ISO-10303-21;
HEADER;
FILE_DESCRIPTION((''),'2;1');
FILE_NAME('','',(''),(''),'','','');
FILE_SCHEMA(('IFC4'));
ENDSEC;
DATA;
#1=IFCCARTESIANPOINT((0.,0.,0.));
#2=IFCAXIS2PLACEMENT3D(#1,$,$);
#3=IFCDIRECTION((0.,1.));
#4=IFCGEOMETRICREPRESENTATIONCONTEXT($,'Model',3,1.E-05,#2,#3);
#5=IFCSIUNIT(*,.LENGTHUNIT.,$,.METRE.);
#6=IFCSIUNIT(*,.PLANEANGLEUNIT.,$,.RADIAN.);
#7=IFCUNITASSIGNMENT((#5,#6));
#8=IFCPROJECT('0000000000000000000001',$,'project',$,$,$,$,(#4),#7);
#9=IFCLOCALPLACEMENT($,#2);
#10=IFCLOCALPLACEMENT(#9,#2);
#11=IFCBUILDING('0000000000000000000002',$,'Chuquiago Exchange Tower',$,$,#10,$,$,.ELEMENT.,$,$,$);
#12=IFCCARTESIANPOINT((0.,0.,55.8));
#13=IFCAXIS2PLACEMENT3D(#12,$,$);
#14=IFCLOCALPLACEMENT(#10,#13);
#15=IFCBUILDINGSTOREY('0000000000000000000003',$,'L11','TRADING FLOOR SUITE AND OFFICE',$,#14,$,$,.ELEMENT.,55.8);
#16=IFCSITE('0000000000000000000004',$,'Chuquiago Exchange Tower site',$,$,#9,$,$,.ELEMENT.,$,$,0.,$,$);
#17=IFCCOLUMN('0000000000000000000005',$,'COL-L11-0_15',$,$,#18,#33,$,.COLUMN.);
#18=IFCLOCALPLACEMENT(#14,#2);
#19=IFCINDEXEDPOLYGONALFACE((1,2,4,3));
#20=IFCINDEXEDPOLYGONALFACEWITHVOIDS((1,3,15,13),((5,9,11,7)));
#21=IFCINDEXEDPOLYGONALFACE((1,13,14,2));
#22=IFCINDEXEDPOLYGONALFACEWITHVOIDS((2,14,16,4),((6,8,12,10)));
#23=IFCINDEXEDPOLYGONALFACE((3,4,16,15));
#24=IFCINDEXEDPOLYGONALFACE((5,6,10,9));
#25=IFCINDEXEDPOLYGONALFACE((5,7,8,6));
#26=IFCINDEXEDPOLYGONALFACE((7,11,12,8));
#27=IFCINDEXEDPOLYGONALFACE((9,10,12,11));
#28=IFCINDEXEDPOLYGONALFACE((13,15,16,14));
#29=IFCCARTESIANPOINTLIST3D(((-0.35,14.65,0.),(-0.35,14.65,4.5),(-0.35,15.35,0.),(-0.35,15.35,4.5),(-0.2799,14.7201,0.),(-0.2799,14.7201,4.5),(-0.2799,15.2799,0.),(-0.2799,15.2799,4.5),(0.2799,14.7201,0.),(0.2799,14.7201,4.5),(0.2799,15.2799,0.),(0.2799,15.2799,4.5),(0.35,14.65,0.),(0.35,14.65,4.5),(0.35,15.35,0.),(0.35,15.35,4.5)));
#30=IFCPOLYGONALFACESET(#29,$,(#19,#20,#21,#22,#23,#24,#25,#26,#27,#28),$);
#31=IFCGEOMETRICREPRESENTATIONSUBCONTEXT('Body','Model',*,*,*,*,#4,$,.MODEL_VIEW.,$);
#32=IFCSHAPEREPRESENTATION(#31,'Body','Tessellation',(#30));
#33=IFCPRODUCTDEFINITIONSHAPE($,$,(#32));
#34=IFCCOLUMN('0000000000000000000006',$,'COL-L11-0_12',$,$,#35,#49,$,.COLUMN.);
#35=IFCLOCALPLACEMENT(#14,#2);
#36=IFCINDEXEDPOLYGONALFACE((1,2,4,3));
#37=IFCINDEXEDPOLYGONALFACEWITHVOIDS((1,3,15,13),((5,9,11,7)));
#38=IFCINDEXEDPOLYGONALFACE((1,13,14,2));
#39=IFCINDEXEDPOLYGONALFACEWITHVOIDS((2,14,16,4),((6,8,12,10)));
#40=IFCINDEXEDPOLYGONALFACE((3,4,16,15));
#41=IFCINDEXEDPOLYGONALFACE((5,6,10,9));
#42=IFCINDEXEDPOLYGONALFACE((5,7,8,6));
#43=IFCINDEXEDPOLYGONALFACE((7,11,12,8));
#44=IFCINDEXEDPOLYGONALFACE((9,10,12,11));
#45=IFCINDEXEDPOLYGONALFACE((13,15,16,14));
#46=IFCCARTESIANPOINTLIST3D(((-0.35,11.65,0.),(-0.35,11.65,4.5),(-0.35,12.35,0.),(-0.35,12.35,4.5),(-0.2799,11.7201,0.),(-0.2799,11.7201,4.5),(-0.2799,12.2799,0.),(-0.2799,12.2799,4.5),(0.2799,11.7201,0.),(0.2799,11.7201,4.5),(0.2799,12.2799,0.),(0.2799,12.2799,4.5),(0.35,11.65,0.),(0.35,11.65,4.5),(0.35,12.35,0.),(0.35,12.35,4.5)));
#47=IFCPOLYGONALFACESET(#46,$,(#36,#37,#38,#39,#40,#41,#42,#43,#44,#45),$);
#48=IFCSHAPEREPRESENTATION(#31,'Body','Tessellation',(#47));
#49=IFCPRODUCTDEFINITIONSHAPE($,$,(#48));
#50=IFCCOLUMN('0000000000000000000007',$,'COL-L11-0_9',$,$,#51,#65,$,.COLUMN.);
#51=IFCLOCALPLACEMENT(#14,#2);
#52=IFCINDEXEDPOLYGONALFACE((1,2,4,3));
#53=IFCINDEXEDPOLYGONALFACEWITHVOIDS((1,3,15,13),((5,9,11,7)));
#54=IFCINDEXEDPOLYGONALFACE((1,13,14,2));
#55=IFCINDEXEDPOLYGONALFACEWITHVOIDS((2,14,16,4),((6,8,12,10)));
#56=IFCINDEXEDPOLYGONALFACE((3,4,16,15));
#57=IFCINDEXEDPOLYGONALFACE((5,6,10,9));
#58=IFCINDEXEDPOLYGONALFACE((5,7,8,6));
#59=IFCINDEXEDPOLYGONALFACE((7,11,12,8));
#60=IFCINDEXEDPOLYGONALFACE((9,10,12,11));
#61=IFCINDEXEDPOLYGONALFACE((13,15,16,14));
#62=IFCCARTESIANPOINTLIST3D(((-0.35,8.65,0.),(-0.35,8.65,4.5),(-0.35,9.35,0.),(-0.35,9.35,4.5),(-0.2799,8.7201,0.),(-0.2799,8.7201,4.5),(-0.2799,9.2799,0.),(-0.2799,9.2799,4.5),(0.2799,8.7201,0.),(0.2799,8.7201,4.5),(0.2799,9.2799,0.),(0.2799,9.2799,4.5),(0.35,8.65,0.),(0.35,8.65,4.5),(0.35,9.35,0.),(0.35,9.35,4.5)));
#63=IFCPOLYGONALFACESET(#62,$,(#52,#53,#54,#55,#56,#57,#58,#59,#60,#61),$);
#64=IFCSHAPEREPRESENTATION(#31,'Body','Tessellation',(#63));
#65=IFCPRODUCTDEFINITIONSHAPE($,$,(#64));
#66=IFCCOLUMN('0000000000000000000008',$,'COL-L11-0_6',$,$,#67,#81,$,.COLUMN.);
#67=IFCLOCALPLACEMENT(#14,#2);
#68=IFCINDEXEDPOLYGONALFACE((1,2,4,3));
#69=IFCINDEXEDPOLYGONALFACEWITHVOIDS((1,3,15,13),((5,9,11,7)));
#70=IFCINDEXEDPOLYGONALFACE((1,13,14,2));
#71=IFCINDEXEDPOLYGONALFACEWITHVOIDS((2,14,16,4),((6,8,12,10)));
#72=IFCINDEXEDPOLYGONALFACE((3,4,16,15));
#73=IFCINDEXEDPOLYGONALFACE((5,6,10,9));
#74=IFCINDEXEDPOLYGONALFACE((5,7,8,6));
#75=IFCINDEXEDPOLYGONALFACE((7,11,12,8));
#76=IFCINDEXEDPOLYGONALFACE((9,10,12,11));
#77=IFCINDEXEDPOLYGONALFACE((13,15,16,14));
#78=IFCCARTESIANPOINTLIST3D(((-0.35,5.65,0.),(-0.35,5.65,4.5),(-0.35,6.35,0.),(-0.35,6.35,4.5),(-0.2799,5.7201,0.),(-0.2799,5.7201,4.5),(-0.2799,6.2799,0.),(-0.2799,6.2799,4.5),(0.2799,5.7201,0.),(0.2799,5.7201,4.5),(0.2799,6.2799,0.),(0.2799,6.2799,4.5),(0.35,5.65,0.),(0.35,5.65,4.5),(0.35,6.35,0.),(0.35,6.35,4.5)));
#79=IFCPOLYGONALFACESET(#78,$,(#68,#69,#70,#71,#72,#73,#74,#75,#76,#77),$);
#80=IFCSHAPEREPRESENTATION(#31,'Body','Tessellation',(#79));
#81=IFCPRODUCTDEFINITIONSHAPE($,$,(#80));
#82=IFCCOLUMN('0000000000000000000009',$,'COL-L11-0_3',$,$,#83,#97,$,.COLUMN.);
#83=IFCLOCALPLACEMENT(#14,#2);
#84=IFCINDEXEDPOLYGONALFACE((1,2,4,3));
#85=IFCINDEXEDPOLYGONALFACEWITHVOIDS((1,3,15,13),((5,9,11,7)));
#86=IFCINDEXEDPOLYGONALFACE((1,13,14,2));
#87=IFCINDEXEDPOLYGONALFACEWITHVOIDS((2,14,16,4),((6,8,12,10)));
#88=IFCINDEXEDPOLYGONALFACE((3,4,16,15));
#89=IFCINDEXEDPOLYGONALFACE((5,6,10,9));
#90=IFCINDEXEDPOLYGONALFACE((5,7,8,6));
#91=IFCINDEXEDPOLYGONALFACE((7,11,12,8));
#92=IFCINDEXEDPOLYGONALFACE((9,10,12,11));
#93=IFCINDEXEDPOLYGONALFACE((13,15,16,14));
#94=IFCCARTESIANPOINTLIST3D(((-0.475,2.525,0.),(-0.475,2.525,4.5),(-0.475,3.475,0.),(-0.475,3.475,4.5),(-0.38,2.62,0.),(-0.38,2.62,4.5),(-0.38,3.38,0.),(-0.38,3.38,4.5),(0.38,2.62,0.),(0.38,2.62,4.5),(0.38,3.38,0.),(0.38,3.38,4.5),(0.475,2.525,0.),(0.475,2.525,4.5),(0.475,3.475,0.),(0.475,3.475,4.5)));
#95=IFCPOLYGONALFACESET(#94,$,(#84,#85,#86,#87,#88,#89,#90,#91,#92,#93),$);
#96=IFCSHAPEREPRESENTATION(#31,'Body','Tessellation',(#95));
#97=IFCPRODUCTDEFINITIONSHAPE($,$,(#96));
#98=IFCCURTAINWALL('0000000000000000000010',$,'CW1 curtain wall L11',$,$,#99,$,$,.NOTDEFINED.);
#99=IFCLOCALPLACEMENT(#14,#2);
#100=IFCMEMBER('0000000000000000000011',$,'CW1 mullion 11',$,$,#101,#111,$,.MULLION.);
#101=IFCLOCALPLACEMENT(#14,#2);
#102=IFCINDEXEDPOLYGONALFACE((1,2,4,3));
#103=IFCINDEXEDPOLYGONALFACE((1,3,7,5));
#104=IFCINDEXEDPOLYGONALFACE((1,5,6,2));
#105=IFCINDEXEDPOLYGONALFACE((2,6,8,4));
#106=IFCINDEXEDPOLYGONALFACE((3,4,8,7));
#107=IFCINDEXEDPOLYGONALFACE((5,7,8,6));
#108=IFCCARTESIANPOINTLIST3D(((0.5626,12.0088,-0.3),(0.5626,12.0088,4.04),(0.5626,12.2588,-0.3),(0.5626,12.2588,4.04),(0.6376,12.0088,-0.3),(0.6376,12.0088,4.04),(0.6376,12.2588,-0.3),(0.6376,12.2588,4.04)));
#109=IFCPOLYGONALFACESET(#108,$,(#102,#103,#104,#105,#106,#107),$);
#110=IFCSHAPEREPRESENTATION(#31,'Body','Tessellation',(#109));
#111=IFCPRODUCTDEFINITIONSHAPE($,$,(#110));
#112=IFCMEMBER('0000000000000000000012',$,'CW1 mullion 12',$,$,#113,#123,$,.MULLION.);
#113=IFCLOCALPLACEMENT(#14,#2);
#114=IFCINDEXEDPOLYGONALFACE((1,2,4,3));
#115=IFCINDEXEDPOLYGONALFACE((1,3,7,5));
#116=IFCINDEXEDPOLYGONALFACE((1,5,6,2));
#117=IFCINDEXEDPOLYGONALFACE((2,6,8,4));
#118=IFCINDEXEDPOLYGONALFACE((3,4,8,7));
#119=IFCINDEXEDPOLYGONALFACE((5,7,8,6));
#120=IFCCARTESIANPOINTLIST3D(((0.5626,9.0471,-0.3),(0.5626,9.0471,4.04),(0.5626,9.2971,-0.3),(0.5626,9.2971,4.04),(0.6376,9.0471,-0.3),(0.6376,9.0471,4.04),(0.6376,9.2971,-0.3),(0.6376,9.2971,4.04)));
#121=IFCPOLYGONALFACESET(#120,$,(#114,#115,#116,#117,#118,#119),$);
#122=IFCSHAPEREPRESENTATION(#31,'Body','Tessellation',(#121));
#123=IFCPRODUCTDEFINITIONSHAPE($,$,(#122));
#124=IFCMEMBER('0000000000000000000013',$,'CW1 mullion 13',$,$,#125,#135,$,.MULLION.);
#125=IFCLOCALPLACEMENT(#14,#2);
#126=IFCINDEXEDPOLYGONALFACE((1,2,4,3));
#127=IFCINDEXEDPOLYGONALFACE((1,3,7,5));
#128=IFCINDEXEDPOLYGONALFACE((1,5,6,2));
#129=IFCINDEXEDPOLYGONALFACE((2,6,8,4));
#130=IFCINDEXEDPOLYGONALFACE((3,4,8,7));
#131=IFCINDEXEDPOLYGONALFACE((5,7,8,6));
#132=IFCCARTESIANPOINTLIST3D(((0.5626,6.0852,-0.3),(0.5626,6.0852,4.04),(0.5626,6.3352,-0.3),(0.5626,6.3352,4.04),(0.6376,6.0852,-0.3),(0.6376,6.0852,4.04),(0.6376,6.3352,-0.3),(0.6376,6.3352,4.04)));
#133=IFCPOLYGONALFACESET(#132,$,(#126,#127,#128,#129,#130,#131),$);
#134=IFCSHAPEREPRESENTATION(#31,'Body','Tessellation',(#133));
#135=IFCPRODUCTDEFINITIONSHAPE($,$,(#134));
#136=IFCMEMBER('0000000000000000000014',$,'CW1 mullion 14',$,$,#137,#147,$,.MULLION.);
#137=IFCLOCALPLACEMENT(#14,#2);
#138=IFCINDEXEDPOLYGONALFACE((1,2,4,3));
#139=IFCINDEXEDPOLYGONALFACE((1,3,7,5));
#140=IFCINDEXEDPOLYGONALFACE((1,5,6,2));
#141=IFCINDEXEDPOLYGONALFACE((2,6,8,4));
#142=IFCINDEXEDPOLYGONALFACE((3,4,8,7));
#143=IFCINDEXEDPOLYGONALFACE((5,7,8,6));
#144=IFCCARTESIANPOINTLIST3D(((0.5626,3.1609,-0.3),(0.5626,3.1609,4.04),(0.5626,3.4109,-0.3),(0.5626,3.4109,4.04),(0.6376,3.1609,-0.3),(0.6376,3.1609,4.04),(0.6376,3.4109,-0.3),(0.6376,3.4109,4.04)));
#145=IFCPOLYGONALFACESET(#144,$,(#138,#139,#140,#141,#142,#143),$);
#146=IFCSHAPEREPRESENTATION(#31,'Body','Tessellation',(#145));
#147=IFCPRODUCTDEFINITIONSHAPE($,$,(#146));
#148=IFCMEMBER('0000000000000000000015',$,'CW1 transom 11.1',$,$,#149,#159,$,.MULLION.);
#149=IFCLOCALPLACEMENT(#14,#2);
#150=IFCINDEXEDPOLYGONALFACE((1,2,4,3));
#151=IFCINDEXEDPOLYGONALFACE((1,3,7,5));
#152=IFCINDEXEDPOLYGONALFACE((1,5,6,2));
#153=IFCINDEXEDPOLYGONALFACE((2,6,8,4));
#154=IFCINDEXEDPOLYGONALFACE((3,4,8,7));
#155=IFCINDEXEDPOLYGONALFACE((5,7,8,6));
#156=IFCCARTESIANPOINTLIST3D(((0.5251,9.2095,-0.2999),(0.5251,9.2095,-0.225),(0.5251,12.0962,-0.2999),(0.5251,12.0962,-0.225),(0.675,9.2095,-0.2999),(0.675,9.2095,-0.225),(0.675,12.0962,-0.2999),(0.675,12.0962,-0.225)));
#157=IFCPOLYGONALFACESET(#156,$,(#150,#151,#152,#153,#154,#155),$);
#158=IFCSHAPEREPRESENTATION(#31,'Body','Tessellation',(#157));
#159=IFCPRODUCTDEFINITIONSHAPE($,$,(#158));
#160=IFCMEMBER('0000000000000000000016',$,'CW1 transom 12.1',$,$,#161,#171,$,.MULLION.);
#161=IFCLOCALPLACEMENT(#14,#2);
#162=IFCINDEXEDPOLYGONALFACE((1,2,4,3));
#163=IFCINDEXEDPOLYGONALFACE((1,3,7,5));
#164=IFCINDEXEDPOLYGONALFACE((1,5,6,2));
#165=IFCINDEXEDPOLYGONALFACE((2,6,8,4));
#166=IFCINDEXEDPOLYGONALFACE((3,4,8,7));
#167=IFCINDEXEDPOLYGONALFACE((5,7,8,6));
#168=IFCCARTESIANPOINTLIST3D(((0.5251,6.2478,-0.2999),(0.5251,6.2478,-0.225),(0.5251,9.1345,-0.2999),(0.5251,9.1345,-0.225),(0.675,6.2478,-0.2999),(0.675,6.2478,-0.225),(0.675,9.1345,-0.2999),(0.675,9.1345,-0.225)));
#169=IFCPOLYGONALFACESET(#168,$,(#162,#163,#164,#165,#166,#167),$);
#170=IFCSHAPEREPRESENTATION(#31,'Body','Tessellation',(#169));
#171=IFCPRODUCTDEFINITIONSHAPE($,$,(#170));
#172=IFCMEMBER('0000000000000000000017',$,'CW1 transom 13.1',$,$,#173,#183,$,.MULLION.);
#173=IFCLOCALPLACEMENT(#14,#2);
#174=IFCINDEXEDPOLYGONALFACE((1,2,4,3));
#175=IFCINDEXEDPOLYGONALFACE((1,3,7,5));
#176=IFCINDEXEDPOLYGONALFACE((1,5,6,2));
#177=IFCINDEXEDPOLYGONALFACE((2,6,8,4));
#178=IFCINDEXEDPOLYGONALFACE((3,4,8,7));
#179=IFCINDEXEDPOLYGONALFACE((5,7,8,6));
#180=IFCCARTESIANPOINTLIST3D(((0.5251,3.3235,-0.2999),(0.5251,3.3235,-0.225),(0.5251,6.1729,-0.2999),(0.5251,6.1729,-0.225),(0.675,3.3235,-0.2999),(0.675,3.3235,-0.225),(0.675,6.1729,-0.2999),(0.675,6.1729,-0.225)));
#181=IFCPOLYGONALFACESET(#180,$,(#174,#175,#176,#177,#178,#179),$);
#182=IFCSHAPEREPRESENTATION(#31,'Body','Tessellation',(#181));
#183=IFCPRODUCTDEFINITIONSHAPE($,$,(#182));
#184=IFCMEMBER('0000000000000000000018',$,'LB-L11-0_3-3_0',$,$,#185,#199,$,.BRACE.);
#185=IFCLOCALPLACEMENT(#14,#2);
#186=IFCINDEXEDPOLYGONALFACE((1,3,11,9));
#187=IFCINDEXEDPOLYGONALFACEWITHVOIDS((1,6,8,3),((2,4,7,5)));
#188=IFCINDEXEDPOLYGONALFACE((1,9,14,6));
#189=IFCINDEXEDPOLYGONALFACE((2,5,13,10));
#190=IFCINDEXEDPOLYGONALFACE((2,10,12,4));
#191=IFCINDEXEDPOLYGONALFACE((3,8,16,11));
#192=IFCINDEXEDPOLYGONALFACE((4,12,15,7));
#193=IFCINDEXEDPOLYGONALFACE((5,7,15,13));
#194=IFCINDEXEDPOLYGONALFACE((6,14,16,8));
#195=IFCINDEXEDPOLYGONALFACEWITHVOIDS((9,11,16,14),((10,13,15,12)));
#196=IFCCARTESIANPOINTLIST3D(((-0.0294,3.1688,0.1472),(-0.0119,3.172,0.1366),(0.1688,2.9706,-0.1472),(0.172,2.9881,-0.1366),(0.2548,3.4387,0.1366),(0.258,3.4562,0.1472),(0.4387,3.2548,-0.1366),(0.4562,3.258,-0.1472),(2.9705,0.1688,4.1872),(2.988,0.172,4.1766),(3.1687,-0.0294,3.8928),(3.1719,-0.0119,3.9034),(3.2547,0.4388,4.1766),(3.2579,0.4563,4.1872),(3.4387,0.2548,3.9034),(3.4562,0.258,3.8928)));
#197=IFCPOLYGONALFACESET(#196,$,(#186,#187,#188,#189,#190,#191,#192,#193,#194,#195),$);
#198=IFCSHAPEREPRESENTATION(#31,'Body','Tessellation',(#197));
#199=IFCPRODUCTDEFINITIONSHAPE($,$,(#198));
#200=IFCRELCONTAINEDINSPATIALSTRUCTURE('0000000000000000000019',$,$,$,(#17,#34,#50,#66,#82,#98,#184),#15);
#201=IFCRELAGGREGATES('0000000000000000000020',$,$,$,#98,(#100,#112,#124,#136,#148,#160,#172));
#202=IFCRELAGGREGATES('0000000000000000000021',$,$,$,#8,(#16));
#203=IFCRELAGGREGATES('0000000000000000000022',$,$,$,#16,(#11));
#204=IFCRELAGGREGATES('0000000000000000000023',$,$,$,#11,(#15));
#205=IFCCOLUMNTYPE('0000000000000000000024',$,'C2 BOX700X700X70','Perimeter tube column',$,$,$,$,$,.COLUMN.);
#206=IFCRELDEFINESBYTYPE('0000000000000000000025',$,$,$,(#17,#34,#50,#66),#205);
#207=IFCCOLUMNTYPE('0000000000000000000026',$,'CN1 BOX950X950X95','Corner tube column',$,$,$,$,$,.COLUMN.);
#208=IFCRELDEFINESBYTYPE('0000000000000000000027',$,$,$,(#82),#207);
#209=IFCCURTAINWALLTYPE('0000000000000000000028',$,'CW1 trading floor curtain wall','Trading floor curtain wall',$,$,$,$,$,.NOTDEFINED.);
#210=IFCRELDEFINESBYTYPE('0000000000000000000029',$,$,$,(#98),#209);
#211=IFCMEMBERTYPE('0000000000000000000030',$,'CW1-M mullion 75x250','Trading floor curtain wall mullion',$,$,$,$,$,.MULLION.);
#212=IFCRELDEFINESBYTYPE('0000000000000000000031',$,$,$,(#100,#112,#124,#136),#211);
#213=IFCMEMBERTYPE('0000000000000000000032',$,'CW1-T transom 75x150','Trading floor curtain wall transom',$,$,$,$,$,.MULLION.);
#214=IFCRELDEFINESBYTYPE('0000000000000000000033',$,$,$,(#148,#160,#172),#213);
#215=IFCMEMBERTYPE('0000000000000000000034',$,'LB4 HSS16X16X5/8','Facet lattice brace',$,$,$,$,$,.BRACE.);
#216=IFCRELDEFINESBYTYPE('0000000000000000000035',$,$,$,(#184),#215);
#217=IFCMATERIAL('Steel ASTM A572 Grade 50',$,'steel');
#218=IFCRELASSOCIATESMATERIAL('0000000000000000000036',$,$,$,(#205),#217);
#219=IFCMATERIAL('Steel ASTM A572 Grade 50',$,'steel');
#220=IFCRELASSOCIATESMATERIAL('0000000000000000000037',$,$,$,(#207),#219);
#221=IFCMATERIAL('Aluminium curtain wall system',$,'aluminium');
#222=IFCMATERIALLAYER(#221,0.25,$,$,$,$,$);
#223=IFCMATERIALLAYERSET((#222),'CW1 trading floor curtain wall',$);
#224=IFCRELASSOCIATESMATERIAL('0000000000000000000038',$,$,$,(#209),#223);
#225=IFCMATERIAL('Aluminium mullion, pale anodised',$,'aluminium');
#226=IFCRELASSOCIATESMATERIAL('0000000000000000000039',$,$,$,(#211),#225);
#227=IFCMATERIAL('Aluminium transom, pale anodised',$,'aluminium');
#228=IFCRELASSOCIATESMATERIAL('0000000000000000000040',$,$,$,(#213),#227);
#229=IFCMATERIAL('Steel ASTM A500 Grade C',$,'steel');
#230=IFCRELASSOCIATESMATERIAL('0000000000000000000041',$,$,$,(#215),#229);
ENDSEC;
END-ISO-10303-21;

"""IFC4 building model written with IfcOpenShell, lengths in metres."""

from ifc_helpers import new_model, si_unit, direction, frame, origin, origin_2d, place, context, subcontext, project, spatial, rectangle, hollow_rectangle, extrude, material, layer, layer_set, material_profile, profile_set, type_object, element, aggregate, save


model = new_model("IFC4")

# Units and contexts
model_context = context("Model", 3, precision=1e-05, world=origin(), true_north=direction((0.0, 1.0)))
body_context = subcontext(model_context, "Body", "Model", "MODEL_VIEW")
ifc_project = project(units=[si_unit("LENGTHUNIT", "METRE"), si_unit("PLANEANGLEUNIT", "RADIAN")], contexts=[model_context])

# Site, building, storey
site_placement = place(None, origin())
site = spatial("IfcSite", under=ifc_project, at=site_placement, Name="Chuquiago Exchange Tower site", CompositionType="ELEMENT", RefElevation=0.0)
building_placement = place(site_placement, origin())
building = spatial("IfcBuilding", under=site, at=building_placement, Name="Chuquiago Exchange Tower", CompositionType="ELEMENT")
storey_placement = place(building_placement, frame((0.0, 0.0, 55.8)))
storey = spatial("IfcBuildingStorey", under=building, at=storey_placement, Name="L11", Description="TRADING FLOOR SUITE AND OFFICE", CompositionType="ELEMENT", Elevation=55.8)

# Columns
ifc_material_1 = material(Name="Steel ASTM A572 Grade 50", Category="steel")
ifc_material_profile_1 = material_profile(ifc_material_1, hollow_rectangle(XDim=0.7, YDim=0.7, WallThickness=0.0701, at=origin_2d()), Name="BOX700X700X70")
ifc_profile_set_1 = profile_set([ifc_material_profile_1], Name="Steel ASTM A572 Grade 50")
column_type_1 = type_object("IfcColumnType", Name="C2 BOX700X700X70", Description="Perimeter tube column", PredefinedType="COLUMN", material=ifc_profile_set_1)
for number, where, z_axis, x_axis, name in (
    (1, (0.0, 15.0, 0.0), (0.0, 0.0, 1.0), (-1.0, 0.0, 0.0), "COL-L11-0_15"),
    (2, (0.0, 12.0, 0.0), (0.0, 0.0, 1.0), (-1.0, 0.0, 0.0), "COL-L11-0_12"),
    (3, (0.0, 9.0, 0.0), (0.0, 0.0, 1.0), (-1.0, 0.0, 0.0), "COL-L11-0_9"),
    (4, (0.0, 6.0, 0.0), (0.0, 0.0, 1.0), (-1.0, 0.0, 0.0), "COL-L11-0_6"),
):
    element("IfcColumn", number, at=place(storey_placement, frame(where, z_axis=z_axis, x_axis=x_axis)), inside=storey, type_object=column_type_1, Name=name, PredefinedType="COLUMN", context=body_context, shape_type="SweptSolid", body=[
        extrude(hollow_rectangle(XDim=0.7, YDim=0.7, WallThickness=0.0701, at=origin_2d()), origin(), (0.0, 0.0, 1.0), 4.5),
    ])
ifc_material_2 = material(Name="Steel ASTM A572 Grade 50", Category="steel")
ifc_material_profile_2 = material_profile(ifc_material_2, hollow_rectangle(XDim=0.95, YDim=0.95, WallThickness=0.095, at=origin_2d()), Name="BOX950X950X95")
ifc_profile_set_2 = profile_set([ifc_material_profile_2], Name="Steel ASTM A572 Grade 50")
column_type_2 = type_object("IfcColumnType", Name="CN1 BOX950X950X95", Description="Corner tube column", PredefinedType="COLUMN", material=ifc_profile_set_2)
column_placement = place(storey_placement, frame((0.0, 3.0, 0.0), z_axis=(0.0, 0.0, 1.0), x_axis=(-1.0, 0.0, 0.0)))
element("IfcColumn", 5, at=column_placement, inside=storey, type_object=column_type_2, Name="COL-L11-0_3", PredefinedType="COLUMN", context=body_context, shape_type="SweptSolid", body=[
    extrude(hollow_rectangle(XDim=0.95, YDim=0.95, WallThickness=0.095, at=origin_2d()), origin(), (0.0, 0.0, 1.0), 4.5),
])

# Curtain wall, members
ifc_material_3 = material(Name="Aluminium curtain wall system", Category="aluminium")
ifc_layer_1 = layer(ifc_material_3, 0.25)
ifc_layer_set_1 = layer_set([ifc_layer_1], Name="CW1 trading floor curtain wall")
curtain_wall_type = type_object("IfcCurtainWallType", Name="CW1 trading floor curtain wall", Description="Trading floor curtain wall", PredefinedType="NOTDEFINED", material=ifc_layer_set_1)
curtain_wall_placement = place(storey_placement, origin())
curtain_wall = element("IfcCurtainWall", 6, at=curtain_wall_placement, inside=storey, type_object=curtain_wall_type, Name="CW1 curtain wall L11", PredefinedType="NOTDEFINED")
ifc_material_4 = material(Name="Aluminium mullion, pale anodised", Category="aluminium")
ifc_material_profile_3 = material_profile(ifc_material_4, rectangle(XDim=0.075, YDim=0.25, at=origin_2d()), Name="AL 75x250")
ifc_profile_set_3 = profile_set([ifc_material_profile_3], Name="Aluminium mullion, pale anodised")
member_type_1 = type_object("IfcMemberType", Name="CW1-M mullion 75x250", Description="Trading floor curtain wall mullion", PredefinedType="MULLION", material=ifc_profile_set_3)
member_1_placement = place(storey_placement, frame((0.6001, 12.1338, -0.3), z_axis=(0.0, 0.0, 1.0), x_axis=(1.0, 0.0, 0.0)))
member_1 = element("IfcMember", 7, at=member_1_placement, type_object=member_type_1, Name="CW1 mullion 11", PredefinedType="MULLION", context=body_context, shape_type="SweptSolid", body=[
    extrude(rectangle(XDim=0.075, YDim=0.25, at=origin_2d()), origin(), (0.0, 0.0, 1.0), 4.3401),
])
member_2_placement = place(storey_placement, frame((0.6001, 9.1721, -0.3), z_axis=(0.0, 0.0, 1.0), x_axis=(1.0, 0.0, 0.0)))
member_2 = element("IfcMember", 8, at=member_2_placement, type_object=member_type_1, Name="CW1 mullion 12", PredefinedType="MULLION", context=body_context, shape_type="SweptSolid", body=[
    extrude(rectangle(XDim=0.075, YDim=0.25, at=origin_2d()), origin(), (0.0, 0.0, 1.0), 4.3401),
])
member_3_placement = place(storey_placement, frame((0.6001, 6.2102, -0.3), z_axis=(0.0, 0.0, 1.0), x_axis=(1.0, 0.0, 0.0)))
member_3 = element("IfcMember", 9, at=member_3_placement, type_object=member_type_1, Name="CW1 mullion 13", PredefinedType="MULLION", context=body_context, shape_type="SweptSolid", body=[
    extrude(rectangle(XDim=0.075, YDim=0.25, at=origin_2d()), origin(), (0.0, 0.0, 1.0), 4.3401),
])
member_4_placement = place(storey_placement, frame((0.6001, 3.2859, -0.3), z_axis=(0.0, 0.0, 1.0), x_axis=(1.0, 0.0, 0.0)))
member_4 = element("IfcMember", 10, at=member_4_placement, type_object=member_type_1, Name="CW1 mullion 14", PredefinedType="MULLION", context=body_context, shape_type="SweptSolid", body=[
    extrude(rectangle(XDim=0.075, YDim=0.25, at=origin_2d()), origin(), (0.0, 0.0, 1.0), 4.3401),
])
ifc_material_5 = material(Name="Aluminium transom, pale anodised", Category="aluminium")
ifc_material_profile_4 = material_profile(ifc_material_5, rectangle(XDim=0.1499, YDim=0.075, at=origin_2d()), Name="AL 150x75")
ifc_profile_set_4 = profile_set([ifc_material_profile_4], Name="Aluminium transom, pale anodised")
member_type_2 = type_object("IfcMemberType", Name="CW1-T transom 75x150", Description="Trading floor curtain wall transom", PredefinedType="MULLION", material=ifc_profile_set_4)
member_5_placement = place(storey_placement, frame((0.6001, 12.0962, -0.2625), z_axis=(0.0, -1.0, 0.0), x_axis=(1.0, 0.0, 0.0)))
member_5 = element("IfcMember", 11, at=member_5_placement, type_object=member_type_2, Name="CW1 transom 11.1", PredefinedType="MULLION", context=body_context, shape_type="SweptSolid", body=[
    extrude(rectangle(XDim=0.1499, YDim=0.075, at=origin_2d()), origin(), (0.0, 0.0, 1.0), 2.8867),
])
member_6_placement = place(storey_placement, frame((0.6001, 9.1345, -0.2625), z_axis=(0.0, -1.0, 0.0), x_axis=(1.0, 0.0, 0.0)))
member_6 = element("IfcMember", 12, at=member_6_placement, type_object=member_type_2, Name="CW1 transom 12.1", PredefinedType="MULLION", context=body_context, shape_type="SweptSolid", body=[
    extrude(rectangle(XDim=0.1499, YDim=0.075, at=origin_2d()), origin(), (0.0, 0.0, 1.0), 2.8867),
])
member_7_placement = place(storey_placement, frame((0.6001, 6.1729, -0.2625), z_axis=(0.0, -1.0, 0.0), x_axis=(1.0, 0.0, 0.0)))
member_7 = element("IfcMember", 13, at=member_7_placement, type_object=member_type_2, Name="CW1 transom 13.1", PredefinedType="MULLION", context=body_context, shape_type="SweptSolid", body=[
    extrude(rectangle(XDim=0.1499, YDim=0.075, at=origin_2d()), origin(), (0.0, 0.0, 1.0), 2.8494),
])

# Member
ifc_material_6 = material(Name="Steel ASTM A500 Grade C", Category="steel")
ifc_material_profile_5 = material_profile(ifc_material_6, hollow_rectangle(XDim=0.4065, YDim=0.4065, WallThickness=0.0146, at=origin_2d()), Name="HSS16X16X5/8")
ifc_profile_set_5 = profile_set([ifc_material_profile_5], Name="Steel ASTM A500 Grade C")
member_type_3 = type_object("IfcMemberType", Name="LB4 HSS16X16X5/8", Description="Facet lattice brace", PredefinedType="BRACE", material=ifc_profile_set_5)
member_8_placement = place(storey_placement, frame((0.2134, 3.2134, 0.0), z_axis=(0.512077, -0.512077, 0.689604), x_axis=(0.707107, 0.707107, 0.0)))
element("IfcMember", 14, at=member_8_placement, inside=storey, type_object=member_type_3, Name="LB-L11-0_3-3_0", PredefinedType="BRACE", context=body_context, shape_type="SweptSolid", body=[
    extrude(hollow_rectangle(XDim=0.4065, YDim=0.4065, WallThickness=0.0146, at=origin_2d()), origin(), (0.0, 0.0, 1.0), 5.8584),
])

aggregate(curtain_wall, [member_1, member_2, member_3, member_4, member_5, member_6, member_7])

save(model, "model.ifc")
